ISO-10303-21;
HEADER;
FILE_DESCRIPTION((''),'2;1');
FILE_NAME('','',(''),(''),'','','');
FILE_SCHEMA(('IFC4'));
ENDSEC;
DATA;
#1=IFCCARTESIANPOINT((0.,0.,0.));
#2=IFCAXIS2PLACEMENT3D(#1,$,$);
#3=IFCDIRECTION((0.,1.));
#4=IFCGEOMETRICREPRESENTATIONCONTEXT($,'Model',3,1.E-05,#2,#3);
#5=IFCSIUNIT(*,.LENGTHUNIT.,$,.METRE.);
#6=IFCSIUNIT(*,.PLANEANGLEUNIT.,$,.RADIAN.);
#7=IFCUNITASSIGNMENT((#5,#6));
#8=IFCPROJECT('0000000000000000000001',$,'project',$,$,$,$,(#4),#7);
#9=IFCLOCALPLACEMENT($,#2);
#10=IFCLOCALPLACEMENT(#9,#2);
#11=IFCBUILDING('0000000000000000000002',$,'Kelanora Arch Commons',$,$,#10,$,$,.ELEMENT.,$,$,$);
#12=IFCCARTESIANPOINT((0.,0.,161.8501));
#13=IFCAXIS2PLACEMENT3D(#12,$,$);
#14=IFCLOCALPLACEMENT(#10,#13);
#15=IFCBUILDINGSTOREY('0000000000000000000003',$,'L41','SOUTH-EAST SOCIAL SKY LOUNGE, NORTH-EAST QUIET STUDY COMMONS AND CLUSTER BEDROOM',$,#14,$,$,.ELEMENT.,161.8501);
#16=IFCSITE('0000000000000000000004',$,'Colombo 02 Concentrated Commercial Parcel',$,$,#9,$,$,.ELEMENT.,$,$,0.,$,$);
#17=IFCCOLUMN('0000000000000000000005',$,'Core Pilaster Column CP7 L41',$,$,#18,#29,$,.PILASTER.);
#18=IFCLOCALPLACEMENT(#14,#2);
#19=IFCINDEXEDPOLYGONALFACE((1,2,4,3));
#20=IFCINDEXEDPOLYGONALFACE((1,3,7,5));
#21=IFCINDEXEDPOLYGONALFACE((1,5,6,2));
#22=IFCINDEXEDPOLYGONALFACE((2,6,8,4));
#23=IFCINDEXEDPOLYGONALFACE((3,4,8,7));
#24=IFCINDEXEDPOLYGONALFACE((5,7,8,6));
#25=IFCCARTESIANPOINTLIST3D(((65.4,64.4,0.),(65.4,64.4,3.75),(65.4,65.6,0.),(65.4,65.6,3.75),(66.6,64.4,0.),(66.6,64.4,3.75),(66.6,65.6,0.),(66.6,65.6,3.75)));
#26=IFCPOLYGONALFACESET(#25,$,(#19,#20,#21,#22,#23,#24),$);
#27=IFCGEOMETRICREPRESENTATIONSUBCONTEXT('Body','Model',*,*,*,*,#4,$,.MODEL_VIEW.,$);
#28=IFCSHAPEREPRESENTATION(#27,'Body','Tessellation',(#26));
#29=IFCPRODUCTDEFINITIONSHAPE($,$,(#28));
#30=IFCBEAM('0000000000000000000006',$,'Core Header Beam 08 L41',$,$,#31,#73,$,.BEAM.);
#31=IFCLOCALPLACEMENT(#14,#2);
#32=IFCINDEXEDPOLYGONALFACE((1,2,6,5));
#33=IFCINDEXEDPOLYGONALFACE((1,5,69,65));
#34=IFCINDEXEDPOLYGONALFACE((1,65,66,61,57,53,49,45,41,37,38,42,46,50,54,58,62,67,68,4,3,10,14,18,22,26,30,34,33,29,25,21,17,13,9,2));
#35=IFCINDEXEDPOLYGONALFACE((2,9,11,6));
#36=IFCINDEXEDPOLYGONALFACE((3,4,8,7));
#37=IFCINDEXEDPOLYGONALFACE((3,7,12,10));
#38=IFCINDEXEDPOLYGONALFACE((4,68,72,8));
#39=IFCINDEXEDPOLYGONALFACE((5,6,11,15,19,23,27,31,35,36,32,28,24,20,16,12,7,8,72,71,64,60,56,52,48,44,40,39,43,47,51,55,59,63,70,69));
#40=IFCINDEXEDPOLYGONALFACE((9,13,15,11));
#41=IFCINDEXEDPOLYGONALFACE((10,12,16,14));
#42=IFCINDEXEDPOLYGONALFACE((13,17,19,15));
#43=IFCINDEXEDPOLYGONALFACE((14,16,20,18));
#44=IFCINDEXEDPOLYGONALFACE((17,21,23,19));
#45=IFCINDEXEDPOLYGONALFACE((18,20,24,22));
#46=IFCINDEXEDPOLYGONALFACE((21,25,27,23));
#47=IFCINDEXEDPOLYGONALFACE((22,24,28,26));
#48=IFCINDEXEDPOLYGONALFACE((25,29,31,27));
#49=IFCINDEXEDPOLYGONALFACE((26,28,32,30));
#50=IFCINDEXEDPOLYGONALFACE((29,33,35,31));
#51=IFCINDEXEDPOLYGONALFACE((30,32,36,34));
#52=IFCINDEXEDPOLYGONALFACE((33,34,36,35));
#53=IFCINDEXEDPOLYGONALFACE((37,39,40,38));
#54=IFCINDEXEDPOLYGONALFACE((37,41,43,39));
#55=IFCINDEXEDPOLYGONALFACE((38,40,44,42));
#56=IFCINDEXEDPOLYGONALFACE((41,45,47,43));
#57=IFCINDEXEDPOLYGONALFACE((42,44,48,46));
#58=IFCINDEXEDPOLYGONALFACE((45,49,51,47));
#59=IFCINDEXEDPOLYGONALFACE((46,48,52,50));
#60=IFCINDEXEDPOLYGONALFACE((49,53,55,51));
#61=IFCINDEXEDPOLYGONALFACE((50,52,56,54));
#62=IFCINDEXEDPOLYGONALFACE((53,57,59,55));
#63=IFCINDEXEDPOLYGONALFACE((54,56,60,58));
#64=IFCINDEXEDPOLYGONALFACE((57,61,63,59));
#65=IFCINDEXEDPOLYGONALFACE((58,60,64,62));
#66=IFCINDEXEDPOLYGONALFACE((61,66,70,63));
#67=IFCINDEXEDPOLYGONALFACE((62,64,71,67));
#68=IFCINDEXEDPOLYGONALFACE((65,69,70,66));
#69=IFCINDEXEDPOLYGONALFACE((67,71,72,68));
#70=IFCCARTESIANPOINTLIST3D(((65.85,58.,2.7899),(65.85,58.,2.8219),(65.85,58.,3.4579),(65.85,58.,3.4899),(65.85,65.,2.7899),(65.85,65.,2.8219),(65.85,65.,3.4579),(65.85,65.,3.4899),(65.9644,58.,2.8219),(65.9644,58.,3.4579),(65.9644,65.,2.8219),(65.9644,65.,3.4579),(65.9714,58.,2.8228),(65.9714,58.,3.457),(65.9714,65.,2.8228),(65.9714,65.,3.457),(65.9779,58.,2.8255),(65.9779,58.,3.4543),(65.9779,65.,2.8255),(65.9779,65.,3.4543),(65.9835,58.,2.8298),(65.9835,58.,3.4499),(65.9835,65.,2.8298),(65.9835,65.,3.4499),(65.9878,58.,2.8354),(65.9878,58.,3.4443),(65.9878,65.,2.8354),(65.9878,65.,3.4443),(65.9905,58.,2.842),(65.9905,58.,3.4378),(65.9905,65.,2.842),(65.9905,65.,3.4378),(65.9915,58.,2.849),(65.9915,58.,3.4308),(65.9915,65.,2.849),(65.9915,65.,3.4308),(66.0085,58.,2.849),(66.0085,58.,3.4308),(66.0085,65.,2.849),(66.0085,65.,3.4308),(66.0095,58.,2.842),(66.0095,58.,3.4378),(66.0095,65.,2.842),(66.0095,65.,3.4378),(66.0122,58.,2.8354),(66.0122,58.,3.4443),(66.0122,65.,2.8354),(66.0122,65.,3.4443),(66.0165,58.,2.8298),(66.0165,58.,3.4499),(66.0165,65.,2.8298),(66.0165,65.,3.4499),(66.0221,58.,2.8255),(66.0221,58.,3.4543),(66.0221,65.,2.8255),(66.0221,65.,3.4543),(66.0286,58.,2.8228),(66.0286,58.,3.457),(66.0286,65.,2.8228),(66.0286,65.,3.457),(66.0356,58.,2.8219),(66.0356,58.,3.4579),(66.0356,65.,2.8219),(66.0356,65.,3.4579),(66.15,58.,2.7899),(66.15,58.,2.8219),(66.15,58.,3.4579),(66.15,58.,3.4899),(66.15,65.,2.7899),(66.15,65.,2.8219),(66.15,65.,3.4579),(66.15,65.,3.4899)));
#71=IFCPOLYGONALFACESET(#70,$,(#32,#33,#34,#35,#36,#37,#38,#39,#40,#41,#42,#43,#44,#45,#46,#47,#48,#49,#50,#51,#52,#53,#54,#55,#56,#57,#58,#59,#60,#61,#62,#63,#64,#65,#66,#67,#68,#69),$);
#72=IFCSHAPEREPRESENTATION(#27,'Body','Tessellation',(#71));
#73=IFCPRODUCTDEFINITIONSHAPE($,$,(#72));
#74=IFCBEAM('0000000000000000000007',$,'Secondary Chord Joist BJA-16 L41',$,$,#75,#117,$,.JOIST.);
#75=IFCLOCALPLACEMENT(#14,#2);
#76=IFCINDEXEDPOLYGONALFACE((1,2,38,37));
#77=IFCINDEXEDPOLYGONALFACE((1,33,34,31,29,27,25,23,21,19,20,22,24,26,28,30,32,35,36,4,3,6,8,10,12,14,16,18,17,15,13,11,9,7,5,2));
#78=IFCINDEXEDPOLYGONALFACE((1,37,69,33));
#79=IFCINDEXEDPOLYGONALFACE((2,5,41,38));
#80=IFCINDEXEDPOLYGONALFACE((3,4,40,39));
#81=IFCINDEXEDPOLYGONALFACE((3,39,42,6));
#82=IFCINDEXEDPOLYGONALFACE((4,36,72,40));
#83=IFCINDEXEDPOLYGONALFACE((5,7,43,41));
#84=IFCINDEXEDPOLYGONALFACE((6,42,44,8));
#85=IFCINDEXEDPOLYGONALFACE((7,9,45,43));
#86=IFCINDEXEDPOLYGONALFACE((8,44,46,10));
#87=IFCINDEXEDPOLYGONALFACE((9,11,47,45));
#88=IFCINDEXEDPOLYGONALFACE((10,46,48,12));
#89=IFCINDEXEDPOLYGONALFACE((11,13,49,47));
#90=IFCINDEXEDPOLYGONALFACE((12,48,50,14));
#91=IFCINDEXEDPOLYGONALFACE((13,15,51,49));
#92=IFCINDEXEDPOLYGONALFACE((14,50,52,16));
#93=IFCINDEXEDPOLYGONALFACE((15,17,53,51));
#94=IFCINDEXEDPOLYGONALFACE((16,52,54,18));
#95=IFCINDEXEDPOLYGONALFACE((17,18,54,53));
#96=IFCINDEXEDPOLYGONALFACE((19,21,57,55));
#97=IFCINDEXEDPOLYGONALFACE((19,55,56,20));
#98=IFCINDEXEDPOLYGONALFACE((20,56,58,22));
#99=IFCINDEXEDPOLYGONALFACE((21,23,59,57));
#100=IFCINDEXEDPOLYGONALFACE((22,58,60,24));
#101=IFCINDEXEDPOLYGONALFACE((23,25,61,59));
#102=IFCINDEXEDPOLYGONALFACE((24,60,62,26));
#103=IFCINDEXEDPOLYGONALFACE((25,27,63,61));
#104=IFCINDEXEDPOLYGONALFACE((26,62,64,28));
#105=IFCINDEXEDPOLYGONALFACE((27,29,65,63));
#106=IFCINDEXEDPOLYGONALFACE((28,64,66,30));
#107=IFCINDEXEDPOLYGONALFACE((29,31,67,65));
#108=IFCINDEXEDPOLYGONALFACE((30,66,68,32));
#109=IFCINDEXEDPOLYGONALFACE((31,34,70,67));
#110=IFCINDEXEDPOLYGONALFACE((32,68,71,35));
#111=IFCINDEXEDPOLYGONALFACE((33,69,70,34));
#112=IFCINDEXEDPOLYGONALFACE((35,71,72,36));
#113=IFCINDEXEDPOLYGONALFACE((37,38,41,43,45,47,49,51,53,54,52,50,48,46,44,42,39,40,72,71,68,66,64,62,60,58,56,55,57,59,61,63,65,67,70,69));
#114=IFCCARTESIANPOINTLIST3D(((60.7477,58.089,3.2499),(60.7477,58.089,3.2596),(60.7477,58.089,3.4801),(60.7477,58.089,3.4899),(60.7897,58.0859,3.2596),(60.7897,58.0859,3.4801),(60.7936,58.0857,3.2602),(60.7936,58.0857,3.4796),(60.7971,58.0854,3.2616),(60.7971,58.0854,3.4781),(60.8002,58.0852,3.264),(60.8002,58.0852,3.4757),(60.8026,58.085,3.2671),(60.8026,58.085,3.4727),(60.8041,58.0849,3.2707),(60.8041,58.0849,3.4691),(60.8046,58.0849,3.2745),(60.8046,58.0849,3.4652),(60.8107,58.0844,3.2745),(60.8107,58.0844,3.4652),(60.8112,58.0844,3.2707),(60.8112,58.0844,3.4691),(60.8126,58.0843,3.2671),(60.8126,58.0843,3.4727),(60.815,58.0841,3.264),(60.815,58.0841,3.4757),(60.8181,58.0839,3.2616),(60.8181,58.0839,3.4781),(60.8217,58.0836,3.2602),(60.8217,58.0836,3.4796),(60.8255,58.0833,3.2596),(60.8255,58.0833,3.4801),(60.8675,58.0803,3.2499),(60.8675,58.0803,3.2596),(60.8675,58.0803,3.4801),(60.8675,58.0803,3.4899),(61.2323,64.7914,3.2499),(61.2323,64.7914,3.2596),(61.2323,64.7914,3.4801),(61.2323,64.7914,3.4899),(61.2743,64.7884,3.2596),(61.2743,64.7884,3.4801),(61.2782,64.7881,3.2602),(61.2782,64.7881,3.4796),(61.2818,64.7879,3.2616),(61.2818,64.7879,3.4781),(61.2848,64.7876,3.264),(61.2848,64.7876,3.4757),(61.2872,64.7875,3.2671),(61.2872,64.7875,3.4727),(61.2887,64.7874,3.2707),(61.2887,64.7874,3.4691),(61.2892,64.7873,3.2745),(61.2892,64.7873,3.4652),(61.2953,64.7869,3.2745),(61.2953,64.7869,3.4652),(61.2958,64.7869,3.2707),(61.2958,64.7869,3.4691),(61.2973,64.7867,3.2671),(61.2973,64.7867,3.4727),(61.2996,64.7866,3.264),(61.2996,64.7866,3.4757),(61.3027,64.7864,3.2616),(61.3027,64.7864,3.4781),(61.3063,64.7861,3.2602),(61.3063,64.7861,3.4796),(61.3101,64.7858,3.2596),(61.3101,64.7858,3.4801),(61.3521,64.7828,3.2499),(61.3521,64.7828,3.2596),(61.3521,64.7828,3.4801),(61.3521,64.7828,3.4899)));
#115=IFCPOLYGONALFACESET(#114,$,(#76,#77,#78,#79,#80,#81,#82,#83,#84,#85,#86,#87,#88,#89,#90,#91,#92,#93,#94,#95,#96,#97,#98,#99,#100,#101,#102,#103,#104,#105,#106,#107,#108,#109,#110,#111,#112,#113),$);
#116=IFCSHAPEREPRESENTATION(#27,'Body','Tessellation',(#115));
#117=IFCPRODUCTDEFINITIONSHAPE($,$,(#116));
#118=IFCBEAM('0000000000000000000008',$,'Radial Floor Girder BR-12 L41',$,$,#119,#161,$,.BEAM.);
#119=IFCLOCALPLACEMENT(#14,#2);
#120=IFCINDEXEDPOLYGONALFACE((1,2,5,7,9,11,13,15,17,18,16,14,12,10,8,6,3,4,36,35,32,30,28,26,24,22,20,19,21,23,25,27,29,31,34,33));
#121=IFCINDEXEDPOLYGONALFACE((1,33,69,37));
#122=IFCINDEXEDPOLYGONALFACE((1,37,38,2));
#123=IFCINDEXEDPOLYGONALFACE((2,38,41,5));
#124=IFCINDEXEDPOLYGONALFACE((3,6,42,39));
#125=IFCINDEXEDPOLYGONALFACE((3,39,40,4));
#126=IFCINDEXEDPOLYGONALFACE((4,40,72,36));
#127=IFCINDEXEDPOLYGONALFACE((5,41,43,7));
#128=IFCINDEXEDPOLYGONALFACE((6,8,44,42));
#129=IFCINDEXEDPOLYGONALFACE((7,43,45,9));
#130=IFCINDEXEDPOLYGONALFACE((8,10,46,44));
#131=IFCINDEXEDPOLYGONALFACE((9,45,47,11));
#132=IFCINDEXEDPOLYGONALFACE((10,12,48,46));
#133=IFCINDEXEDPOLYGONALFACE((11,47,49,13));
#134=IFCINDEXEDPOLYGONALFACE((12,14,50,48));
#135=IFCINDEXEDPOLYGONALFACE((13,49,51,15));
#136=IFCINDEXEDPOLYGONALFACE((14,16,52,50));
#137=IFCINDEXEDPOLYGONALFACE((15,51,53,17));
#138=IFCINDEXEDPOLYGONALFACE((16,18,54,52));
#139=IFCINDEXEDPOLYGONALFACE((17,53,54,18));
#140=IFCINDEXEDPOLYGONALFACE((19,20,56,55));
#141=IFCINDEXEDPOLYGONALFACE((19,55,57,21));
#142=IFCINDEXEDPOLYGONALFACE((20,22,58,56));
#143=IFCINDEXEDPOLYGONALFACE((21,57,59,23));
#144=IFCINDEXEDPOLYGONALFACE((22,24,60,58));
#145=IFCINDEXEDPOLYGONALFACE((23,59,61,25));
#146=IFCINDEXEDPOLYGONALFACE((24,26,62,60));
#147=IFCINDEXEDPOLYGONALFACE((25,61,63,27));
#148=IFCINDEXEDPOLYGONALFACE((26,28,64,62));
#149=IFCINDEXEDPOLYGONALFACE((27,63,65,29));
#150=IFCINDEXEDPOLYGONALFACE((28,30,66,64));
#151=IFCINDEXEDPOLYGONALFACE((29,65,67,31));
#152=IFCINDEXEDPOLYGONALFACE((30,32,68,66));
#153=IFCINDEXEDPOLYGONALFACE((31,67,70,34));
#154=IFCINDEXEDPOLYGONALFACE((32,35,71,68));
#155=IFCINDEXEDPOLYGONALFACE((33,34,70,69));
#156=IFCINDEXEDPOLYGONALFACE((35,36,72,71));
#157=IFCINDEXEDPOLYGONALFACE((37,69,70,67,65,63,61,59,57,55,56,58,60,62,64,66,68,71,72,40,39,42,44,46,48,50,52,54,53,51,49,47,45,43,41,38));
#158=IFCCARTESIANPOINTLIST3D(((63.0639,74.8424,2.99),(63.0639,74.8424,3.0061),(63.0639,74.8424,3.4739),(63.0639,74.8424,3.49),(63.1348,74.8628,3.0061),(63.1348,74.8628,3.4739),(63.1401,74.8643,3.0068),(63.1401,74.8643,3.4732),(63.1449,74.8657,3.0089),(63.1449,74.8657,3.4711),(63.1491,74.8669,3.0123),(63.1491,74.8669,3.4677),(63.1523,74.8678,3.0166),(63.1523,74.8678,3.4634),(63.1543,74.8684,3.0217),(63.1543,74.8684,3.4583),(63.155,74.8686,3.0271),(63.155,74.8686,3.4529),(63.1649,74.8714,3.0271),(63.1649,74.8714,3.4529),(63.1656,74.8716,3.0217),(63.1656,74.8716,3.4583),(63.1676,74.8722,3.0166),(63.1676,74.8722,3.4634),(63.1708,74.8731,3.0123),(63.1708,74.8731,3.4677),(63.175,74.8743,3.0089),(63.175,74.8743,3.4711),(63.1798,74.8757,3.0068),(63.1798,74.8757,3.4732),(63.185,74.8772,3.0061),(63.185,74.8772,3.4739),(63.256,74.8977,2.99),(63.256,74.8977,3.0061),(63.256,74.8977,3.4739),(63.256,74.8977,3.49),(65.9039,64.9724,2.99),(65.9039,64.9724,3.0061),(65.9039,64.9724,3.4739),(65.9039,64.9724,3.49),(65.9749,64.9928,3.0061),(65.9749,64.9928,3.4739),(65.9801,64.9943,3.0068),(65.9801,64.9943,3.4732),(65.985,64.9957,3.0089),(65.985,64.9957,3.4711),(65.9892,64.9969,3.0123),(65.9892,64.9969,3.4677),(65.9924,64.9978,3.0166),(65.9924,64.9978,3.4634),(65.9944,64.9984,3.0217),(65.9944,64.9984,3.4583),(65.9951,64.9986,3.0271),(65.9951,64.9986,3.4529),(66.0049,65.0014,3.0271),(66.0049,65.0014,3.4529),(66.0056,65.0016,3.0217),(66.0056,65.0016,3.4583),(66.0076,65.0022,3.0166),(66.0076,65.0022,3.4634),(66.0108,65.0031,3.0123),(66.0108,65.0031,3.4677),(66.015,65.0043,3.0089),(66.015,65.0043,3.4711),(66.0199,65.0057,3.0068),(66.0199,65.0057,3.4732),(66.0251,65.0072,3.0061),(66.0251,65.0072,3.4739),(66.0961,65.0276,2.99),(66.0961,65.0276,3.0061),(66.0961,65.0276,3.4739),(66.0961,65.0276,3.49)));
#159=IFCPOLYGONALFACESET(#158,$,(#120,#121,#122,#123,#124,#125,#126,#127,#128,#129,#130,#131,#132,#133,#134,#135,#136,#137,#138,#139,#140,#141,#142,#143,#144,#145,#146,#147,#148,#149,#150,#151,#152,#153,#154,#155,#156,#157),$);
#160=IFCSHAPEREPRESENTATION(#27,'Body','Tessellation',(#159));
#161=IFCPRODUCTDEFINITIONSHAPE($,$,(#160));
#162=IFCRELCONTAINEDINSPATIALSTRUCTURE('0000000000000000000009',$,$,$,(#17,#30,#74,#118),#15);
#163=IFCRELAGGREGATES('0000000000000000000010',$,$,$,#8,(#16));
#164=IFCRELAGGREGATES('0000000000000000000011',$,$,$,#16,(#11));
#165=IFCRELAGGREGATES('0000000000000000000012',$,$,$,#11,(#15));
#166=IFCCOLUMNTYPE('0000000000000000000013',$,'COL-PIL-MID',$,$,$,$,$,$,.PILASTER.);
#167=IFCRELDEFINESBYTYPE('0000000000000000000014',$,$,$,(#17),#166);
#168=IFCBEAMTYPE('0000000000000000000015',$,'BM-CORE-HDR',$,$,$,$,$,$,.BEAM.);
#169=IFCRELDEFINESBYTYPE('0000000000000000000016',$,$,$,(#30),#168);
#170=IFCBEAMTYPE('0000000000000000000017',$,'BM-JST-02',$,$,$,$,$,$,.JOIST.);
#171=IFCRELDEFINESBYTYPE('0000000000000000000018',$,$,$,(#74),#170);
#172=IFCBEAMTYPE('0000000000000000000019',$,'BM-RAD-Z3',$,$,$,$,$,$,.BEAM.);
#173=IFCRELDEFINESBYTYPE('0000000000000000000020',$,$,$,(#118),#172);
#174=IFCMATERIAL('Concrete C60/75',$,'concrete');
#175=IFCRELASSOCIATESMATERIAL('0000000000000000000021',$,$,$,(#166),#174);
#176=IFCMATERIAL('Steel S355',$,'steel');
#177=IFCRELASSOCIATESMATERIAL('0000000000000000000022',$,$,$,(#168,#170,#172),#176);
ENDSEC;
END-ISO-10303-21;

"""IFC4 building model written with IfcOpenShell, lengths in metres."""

from ifc_helpers import new_model, si_unit, direction, frame, origin, origin_2d, place, context, subcontext, project, spatial, rectangle, i_section, extrude, material, material_profile, profile_set, type_object, element, save


model = new_model("IFC4")

# Units and contexts
model_context = context("Model", 3, precision=1e-05, world=origin(), true_north=direction((0.0, 1.0)))
body_context = subcontext(model_context, "Body", "Model", "MODEL_VIEW")
ifc_project = project(units=[si_unit("LENGTHUNIT", "METRE"), si_unit("PLANEANGLEUNIT", "RADIAN")], contexts=[model_context])

# Site, building, storey
site_placement = place(None, origin())
site = spatial("IfcSite", under=ifc_project, at=site_placement, Name="Colombo 02 Concentrated Commercial Parcel", CompositionType="ELEMENT", RefElevation=0.0)
building_placement = place(site_placement, origin())
building = spatial("IfcBuilding", under=site, at=building_placement, Name="Kelanora Arch Commons", CompositionType="ELEMENT")
storey_placement = place(building_placement, frame((0.0, 0.0, 161.8501)))
storey = spatial("IfcBuildingStorey", under=building, at=storey_placement, Name="L41", Description="SOUTH-EAST SOCIAL SKY LOUNGE, NORTH-EAST QUIET STUDY COMMONS AND CLUSTER BEDROOM", CompositionType="ELEMENT", Elevation=161.8501)

# Column
ifc_material_1 = material(Name="Concrete C60/75", Category="concrete")
ifc_material_profile_1 = material_profile(ifc_material_1, rectangle(XDim=1.2, YDim=1.2, at=origin_2d()), Name="RC1200x1200")
ifc_profile_set_1 = profile_set([ifc_material_profile_1], Name="Concrete C60/75")
column_type = type_object("IfcColumnType", Name="COL-PIL-MID", PredefinedType="PILASTER", material=ifc_profile_set_1)
column_placement = place(storey_placement, frame((66.0, 65.0, 0.0), z_axis=(0.0, 0.0, 1.0), x_axis=(1.0, 0.0, 0.0)))
element("IfcColumn", 1, at=column_placement, inside=storey, type_object=column_type, Name="Core Pilaster Column CP7 L41", PredefinedType="PILASTER", context=body_context, shape_type="SweptSolid", body=[
    extrude(rectangle(XDim=1.2, YDim=1.2, at=origin_2d()), origin(), (0.0, 0.0, 1.0), 3.75),
])

# Beams
ifc_material_2 = material(Name="Steel S355", Category="steel")
ifc_material_profile_2 = material_profile(ifc_material_2, i_section(OverallWidth=0.3, OverallDepth=0.7, WebThickness=0.0171, FlangeThickness=0.032, FilletRadius=0.0271, at=origin_2d()), Name="HEB700")
ifc_profile_set_2 = profile_set([ifc_material_profile_2], Name="Steel S355")
beam_type_1 = type_object("IfcBeamType", Name="BM-CORE-HDR", PredefinedType="BEAM", material=ifc_profile_set_2)
beam_1_placement = place(storey_placement, frame((66.0, 65.0, 3.1399), z_axis=(0.0, -1.0, 0.0), x_axis=(1.0, 0.0, 0.0)))
element("IfcBeam", 2, at=beam_1_placement, inside=storey, type_object=beam_type_1, Name="Core Header Beam 08 L41", PredefinedType="BEAM", context=body_context, shape_type="SweptSolid", body=[
    extrude(i_section(OverallWidth=0.3, OverallDepth=0.7, WebThickness=0.0171, FlangeThickness=0.032, FilletRadius=0.0271, at=origin_2d()), origin(), (0.0, 0.0, 1.0), 7.0),
])
ifc_material_profile_3 = material_profile(ifc_material_2, i_section(OverallWidth=0.1201, OverallDepth=0.24, WebThickness=0.0061, FlangeThickness=0.0098, FilletRadius=0.0149, at=origin_2d()), Name="IPE240")
ifc_profile_set_3 = profile_set([ifc_material_profile_3], Name="Steel S355")
beam_type_2 = type_object("IfcBeamType", Name="BM-JST-02", PredefinedType="JOIST", material=ifc_profile_set_3)
beam_2_placement = place(storey_placement, frame((61.2922, 64.7871, 3.3699), z_axis=(-0.072117, -0.997396, 0.0), x_axis=(0.997396, -0.072117, 0.0)))
element("IfcBeam", 3, at=beam_2_placement, inside=storey, type_object=beam_type_2, Name="Secondary Chord Joist BJA-16 L41", PredefinedType="JOIST", context=body_context, shape_type="SweptSolid", body=[
    extrude(i_section(OverallWidth=0.1201, OverallDepth=0.24, WebThickness=0.0061, FlangeThickness=0.0098, FilletRadius=0.0149, at=origin_2d()), origin(), (0.0, 0.0, 1.0), 6.72),
])
ifc_material_profile_4 = material_profile(ifc_material_2, i_section(OverallWidth=0.2, OverallDepth=0.5, WebThickness=0.0103, FlangeThickness=0.0161, FilletRadius=0.021, at=origin_2d()), Name="IPE500")
ifc_profile_set_4 = profile_set([ifc_material_profile_4], Name="Steel S355")
beam_type_3 = type_object("IfcBeamType", Name="BM-RAD-Z3", PredefinedType="BEAM", material=ifc_profile_set_4)
beam_3_placement = place(storey_placement, frame((66.0, 65.0, 3.24), z_axis=(-0.276526, 0.961006, 0.0), x_axis=(-0.961006, -0.276526, 0.0)))
element("IfcBeam", 4, at=beam_3_placement, inside=storey, type_object=beam_type_3, Name="Radial Floor Girder BR-12 L41", PredefinedType="BEAM", context=body_context, shape_type="SweptSolid", body=[
    extrude(i_section(OverallWidth=0.2, OverallDepth=0.5, WebThickness=0.0103, FlangeThickness=0.0161, FilletRadius=0.021, at=origin_2d()), origin(), (0.0, 0.0, 1.0), 10.2705),
])

save(model, "model.ifc")
